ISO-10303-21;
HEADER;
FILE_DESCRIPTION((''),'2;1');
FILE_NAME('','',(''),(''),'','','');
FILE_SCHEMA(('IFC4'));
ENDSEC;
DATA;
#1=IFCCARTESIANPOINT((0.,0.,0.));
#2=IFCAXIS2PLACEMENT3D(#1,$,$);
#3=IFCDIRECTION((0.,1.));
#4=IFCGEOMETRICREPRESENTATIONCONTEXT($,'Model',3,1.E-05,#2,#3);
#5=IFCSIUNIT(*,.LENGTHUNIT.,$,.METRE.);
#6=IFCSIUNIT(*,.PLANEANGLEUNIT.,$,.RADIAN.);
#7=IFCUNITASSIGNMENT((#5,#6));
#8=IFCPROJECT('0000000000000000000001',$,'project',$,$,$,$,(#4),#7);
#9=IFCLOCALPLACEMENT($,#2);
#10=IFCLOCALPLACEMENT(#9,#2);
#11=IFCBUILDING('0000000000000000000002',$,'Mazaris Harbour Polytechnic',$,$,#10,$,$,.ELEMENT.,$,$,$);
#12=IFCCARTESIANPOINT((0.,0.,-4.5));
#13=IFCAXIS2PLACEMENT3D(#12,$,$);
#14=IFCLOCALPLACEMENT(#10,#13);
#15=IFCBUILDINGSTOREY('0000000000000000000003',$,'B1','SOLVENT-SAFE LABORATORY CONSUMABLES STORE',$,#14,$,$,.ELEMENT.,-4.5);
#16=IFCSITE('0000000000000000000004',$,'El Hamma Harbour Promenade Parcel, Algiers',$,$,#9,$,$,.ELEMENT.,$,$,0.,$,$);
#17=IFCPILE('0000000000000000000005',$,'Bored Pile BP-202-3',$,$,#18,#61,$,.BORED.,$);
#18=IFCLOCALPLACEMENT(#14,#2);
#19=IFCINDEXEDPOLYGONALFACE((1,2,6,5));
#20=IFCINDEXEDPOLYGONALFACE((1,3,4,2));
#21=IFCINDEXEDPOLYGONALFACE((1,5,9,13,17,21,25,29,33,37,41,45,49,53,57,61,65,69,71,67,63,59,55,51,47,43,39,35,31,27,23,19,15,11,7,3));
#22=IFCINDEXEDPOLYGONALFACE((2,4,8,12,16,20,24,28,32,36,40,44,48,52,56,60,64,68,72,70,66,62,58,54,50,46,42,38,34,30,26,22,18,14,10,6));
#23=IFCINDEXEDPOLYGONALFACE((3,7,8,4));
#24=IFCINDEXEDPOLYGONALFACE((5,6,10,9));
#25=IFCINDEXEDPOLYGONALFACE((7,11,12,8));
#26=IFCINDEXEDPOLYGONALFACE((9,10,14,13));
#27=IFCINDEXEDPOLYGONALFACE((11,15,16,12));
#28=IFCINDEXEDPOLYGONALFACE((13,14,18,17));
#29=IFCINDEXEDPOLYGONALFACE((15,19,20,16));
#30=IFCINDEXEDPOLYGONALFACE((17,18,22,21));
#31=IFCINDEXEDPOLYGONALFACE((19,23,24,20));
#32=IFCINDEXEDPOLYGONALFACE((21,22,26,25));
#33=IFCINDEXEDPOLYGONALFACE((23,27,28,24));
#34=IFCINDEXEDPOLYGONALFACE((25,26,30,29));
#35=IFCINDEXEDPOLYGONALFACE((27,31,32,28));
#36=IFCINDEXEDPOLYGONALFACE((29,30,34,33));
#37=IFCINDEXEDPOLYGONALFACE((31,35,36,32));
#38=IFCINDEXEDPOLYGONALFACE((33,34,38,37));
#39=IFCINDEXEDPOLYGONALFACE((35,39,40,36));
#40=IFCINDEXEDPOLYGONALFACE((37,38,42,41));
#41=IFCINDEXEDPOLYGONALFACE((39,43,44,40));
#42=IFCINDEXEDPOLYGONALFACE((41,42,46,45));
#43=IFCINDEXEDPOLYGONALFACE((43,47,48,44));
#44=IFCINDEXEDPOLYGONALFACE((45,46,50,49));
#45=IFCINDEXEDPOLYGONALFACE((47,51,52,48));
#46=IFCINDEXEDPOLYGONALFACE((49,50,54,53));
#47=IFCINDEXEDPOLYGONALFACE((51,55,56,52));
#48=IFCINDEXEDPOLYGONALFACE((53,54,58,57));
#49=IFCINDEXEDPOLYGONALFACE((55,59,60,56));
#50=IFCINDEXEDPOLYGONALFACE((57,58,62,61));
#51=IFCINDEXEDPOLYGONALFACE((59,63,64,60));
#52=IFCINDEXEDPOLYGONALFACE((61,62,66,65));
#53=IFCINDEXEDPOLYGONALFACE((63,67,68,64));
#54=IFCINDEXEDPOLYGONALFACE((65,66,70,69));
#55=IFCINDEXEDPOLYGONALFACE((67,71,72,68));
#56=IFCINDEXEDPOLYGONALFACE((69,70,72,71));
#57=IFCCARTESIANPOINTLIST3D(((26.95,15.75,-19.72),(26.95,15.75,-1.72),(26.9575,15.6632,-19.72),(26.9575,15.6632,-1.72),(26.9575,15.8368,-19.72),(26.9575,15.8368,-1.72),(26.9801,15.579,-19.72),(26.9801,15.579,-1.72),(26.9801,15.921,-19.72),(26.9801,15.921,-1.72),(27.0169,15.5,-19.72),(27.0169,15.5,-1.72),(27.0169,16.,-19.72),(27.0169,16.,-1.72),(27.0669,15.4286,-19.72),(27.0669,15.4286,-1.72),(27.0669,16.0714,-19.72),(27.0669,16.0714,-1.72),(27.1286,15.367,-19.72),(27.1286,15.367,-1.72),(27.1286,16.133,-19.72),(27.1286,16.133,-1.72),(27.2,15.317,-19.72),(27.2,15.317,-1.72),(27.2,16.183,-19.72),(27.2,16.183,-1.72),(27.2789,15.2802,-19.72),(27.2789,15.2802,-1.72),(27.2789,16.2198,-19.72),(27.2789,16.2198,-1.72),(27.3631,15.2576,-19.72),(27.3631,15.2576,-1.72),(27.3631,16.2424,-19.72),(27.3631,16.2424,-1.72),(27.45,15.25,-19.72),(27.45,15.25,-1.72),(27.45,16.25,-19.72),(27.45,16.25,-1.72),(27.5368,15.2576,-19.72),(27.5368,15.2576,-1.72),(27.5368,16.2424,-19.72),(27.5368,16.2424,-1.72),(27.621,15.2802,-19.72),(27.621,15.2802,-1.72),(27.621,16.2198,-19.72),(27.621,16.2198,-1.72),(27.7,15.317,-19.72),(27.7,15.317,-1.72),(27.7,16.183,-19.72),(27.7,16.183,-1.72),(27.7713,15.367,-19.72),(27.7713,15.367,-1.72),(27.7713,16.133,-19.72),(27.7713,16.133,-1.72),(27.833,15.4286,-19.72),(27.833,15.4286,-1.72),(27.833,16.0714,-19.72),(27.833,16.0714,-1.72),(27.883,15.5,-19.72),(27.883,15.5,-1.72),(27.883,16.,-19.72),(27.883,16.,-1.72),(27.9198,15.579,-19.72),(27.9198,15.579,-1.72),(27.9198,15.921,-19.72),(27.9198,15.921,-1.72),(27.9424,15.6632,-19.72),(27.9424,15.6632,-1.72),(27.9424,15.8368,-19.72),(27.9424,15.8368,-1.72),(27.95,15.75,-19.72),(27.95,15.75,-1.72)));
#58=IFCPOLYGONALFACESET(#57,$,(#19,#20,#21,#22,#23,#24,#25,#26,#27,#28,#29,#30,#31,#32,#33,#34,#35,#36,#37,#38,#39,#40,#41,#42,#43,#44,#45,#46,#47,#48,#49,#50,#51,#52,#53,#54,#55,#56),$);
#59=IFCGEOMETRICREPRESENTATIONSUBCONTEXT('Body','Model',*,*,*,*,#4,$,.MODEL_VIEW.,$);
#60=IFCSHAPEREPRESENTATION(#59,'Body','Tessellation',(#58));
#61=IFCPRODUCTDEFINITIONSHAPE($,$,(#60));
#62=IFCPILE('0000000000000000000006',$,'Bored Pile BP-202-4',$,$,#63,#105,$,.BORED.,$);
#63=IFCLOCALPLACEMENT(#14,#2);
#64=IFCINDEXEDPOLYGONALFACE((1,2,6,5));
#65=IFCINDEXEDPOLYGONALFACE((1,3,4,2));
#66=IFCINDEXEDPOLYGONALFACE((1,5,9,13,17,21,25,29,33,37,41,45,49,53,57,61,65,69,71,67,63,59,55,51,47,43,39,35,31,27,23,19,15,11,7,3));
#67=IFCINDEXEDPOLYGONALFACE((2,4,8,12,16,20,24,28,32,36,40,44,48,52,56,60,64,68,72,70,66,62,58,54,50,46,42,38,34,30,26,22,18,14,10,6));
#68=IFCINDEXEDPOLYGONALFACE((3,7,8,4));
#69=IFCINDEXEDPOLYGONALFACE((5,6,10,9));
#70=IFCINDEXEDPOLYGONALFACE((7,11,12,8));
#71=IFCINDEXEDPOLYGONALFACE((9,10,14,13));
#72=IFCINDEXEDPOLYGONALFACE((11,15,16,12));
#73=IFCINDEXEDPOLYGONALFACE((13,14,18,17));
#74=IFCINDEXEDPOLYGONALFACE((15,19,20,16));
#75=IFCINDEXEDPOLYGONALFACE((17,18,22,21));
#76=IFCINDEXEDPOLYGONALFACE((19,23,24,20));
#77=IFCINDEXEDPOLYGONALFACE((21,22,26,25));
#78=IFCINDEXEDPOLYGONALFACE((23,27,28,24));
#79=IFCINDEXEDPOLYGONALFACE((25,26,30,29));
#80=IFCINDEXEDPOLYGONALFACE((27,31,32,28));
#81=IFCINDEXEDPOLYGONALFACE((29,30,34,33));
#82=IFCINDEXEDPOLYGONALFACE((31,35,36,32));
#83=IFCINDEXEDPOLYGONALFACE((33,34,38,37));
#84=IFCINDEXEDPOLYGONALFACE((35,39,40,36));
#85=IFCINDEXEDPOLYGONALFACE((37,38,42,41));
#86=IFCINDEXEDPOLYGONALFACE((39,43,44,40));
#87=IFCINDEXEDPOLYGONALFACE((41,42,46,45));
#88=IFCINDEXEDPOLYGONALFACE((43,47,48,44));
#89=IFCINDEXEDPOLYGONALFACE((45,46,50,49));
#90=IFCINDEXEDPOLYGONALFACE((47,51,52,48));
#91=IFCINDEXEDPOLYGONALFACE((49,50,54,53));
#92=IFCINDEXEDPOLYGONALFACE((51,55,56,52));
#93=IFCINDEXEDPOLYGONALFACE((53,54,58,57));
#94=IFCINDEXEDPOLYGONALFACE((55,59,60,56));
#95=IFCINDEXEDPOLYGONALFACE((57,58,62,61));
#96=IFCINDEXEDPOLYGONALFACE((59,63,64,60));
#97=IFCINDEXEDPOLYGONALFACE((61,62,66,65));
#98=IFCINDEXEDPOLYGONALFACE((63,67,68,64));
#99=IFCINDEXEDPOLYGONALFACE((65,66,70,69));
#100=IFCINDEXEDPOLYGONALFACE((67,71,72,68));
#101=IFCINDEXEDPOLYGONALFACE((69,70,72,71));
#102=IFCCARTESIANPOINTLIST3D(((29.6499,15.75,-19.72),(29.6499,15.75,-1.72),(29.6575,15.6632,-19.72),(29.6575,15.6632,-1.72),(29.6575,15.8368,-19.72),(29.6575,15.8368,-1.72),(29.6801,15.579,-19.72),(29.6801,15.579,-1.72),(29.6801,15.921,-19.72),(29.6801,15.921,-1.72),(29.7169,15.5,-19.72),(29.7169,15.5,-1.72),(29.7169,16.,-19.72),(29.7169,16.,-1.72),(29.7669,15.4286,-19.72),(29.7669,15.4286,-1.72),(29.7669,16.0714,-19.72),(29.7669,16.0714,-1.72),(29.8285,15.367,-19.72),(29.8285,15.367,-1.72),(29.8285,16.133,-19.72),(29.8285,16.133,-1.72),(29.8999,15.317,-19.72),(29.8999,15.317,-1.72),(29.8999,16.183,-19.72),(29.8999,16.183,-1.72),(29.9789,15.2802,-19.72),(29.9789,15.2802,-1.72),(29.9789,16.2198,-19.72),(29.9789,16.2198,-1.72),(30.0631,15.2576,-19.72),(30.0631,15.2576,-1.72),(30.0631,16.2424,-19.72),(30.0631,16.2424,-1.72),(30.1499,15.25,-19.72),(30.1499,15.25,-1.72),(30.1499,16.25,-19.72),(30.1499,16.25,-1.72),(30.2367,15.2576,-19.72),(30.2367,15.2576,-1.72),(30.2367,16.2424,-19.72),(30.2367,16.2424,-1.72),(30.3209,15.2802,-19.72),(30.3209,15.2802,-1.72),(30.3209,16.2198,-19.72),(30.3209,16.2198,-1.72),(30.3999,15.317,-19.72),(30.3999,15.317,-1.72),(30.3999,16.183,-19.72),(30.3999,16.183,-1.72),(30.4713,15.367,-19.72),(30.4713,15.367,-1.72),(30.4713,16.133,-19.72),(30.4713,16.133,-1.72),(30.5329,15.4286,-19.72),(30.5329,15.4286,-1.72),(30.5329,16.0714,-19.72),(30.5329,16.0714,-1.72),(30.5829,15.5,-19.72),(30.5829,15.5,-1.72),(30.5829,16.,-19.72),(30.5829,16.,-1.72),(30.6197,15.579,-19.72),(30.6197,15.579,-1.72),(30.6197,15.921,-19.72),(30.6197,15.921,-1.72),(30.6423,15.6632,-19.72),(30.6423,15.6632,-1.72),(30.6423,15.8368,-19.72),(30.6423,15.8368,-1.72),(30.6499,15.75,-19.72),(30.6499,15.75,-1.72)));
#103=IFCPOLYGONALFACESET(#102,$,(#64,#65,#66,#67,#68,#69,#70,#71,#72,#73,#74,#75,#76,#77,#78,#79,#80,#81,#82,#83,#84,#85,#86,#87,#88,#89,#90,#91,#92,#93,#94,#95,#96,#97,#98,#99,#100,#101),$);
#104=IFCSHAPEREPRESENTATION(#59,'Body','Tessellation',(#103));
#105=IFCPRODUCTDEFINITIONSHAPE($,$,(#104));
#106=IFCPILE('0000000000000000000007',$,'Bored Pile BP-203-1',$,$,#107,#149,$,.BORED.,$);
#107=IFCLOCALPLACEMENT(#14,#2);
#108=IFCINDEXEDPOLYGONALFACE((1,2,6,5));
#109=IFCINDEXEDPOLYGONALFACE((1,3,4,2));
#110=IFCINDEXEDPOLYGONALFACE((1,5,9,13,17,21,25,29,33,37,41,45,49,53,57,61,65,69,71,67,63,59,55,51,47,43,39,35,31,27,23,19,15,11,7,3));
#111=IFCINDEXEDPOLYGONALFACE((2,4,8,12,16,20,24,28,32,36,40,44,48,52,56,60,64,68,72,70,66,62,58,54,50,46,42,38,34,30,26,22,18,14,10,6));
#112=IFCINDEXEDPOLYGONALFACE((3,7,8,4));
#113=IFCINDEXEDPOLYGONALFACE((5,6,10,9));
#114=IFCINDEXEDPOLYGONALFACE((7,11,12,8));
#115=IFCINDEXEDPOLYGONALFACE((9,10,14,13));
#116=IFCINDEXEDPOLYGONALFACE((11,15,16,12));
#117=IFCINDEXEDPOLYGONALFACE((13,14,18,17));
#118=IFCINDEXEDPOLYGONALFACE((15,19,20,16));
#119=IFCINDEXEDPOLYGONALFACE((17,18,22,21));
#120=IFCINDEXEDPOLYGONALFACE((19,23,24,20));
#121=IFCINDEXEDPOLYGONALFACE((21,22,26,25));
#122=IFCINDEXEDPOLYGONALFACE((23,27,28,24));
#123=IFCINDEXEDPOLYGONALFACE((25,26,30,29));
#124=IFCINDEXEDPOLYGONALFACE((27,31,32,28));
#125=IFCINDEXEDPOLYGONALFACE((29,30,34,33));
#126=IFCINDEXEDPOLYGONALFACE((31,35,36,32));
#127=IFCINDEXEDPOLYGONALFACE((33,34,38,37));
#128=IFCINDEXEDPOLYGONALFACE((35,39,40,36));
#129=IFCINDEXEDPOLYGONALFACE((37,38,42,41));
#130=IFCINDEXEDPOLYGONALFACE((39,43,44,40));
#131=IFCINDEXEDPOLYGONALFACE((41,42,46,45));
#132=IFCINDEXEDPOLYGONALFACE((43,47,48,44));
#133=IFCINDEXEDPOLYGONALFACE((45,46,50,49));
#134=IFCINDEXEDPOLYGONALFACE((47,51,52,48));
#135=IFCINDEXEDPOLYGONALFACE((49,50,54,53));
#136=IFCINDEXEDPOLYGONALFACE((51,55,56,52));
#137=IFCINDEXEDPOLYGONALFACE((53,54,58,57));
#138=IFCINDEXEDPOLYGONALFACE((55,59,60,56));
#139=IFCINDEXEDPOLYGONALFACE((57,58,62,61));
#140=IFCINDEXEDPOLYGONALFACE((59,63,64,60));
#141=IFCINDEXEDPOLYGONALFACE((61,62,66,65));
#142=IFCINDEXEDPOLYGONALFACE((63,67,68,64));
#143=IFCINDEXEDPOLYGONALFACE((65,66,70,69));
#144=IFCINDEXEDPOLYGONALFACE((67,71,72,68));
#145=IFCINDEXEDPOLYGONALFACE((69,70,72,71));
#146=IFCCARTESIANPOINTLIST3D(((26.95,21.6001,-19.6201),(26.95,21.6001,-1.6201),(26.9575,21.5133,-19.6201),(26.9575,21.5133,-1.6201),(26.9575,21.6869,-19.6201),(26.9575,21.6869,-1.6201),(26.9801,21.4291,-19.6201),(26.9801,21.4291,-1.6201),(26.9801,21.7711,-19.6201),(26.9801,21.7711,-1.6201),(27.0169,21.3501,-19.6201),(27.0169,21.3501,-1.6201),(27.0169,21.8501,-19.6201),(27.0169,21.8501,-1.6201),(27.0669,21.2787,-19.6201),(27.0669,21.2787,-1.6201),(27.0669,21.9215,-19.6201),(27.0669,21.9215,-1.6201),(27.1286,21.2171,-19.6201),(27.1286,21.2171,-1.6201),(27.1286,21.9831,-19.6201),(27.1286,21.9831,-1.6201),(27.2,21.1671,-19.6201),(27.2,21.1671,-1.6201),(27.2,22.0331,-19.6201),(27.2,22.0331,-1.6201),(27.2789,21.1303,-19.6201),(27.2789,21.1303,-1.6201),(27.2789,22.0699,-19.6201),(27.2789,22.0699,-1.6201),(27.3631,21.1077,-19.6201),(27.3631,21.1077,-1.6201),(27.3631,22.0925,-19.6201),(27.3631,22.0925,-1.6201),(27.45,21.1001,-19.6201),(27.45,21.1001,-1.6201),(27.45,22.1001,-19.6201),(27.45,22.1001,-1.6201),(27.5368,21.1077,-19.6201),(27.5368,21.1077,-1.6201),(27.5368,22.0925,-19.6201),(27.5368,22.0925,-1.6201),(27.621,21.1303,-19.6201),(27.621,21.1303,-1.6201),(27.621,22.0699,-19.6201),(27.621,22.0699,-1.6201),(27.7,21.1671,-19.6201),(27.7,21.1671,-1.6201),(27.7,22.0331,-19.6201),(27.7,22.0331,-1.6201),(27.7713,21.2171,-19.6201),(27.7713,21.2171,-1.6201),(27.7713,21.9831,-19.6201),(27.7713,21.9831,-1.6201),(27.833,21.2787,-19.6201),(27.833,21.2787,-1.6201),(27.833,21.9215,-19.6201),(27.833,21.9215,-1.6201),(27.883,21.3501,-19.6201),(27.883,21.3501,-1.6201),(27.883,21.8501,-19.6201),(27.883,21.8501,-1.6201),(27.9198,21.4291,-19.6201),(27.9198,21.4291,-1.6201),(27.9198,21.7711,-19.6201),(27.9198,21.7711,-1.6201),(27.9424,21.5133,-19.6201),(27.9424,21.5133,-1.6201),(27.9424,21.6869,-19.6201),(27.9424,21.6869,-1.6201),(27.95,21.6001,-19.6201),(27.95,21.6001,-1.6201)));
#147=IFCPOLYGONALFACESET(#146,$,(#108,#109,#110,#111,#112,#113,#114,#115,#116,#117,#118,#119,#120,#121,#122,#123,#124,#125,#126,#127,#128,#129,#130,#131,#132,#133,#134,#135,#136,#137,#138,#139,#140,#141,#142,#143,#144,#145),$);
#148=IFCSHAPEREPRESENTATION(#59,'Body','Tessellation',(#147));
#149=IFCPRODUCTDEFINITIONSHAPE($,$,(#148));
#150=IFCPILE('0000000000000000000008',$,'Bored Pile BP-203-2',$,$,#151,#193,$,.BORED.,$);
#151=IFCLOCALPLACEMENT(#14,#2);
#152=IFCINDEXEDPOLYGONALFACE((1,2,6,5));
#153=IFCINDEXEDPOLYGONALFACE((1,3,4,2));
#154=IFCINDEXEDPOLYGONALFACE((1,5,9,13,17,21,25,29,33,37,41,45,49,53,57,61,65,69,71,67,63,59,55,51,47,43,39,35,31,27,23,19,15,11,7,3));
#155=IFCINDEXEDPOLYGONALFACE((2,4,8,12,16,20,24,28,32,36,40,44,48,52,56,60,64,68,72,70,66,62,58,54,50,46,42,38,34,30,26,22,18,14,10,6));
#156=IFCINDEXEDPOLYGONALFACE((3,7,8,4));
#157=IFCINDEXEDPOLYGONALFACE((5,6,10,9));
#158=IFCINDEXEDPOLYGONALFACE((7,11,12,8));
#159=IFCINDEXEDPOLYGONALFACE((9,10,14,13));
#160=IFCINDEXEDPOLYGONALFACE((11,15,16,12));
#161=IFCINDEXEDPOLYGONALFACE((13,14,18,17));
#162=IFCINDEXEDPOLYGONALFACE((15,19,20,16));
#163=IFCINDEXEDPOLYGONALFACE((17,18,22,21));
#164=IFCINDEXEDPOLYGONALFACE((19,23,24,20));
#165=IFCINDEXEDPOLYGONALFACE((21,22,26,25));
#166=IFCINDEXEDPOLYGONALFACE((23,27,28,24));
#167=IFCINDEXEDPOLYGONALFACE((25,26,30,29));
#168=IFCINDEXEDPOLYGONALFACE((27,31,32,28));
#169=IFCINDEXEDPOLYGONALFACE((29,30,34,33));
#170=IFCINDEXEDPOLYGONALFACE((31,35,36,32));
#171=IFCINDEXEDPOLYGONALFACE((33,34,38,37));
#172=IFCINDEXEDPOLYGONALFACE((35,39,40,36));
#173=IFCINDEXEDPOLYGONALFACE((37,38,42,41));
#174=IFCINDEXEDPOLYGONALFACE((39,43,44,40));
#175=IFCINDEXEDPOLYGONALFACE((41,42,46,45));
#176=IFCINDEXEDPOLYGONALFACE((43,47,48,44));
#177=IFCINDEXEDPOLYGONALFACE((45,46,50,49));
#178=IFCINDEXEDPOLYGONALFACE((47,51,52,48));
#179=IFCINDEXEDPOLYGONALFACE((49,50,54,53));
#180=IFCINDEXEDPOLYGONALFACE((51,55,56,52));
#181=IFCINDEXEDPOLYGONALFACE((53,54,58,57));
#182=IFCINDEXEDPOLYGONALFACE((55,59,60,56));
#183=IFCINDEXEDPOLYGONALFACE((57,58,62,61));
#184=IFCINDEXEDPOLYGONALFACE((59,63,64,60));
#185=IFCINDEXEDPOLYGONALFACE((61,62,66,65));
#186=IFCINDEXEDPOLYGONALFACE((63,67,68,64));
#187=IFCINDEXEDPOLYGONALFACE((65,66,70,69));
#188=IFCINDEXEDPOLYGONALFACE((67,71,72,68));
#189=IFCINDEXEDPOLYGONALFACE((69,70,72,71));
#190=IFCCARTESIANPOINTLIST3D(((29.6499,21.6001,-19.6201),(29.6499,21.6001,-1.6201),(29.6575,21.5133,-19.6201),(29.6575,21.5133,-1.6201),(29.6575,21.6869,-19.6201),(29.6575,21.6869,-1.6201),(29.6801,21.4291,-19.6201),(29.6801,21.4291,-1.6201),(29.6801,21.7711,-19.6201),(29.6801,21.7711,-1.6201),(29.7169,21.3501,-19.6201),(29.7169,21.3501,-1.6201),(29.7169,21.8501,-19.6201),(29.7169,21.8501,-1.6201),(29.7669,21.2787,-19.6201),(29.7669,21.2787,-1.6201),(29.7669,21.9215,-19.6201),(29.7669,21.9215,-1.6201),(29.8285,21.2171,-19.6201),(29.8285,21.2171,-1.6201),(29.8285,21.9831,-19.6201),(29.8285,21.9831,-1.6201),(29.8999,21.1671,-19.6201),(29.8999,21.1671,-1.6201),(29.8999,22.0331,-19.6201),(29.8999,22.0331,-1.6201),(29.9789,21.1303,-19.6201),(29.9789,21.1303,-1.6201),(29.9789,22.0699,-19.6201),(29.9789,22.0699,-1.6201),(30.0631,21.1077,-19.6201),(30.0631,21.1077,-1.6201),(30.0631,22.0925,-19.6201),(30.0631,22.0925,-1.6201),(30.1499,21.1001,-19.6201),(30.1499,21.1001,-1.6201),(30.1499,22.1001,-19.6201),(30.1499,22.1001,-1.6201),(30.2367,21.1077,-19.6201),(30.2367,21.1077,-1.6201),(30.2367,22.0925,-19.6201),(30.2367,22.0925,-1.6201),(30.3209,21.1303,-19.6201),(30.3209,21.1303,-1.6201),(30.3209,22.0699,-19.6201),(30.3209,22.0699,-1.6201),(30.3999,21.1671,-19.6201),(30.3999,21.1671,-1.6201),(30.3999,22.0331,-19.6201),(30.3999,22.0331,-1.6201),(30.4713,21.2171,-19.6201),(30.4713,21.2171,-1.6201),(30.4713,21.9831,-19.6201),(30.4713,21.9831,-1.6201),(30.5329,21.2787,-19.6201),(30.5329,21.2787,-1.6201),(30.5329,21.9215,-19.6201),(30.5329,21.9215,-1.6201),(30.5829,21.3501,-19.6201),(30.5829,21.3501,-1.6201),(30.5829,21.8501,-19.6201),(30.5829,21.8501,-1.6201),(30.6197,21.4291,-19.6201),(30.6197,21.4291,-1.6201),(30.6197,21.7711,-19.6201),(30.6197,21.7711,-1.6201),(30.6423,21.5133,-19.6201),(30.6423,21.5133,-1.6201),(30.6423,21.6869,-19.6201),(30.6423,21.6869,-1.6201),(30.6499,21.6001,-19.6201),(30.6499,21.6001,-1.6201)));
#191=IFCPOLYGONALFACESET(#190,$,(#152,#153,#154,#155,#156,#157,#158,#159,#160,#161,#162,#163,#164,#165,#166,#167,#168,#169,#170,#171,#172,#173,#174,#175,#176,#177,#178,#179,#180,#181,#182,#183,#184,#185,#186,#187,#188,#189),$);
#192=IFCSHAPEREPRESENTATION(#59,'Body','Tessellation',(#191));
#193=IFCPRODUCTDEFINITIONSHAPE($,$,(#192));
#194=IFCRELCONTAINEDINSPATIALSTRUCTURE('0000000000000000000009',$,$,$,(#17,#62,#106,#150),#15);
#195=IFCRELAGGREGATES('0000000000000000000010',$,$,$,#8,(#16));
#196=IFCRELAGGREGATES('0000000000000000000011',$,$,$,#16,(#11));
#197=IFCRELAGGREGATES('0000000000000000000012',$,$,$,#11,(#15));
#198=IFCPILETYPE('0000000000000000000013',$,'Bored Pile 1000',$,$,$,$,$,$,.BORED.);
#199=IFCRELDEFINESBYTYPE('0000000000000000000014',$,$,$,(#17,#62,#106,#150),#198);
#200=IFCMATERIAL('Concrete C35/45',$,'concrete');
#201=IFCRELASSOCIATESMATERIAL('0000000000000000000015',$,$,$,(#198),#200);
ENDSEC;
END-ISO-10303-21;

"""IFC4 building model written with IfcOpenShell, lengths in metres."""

from ifc_helpers import new_model, si_unit, direction, frame, origin, origin_2d, place, context, subcontext, project, spatial, circle, extrude, material, material_profile, profile_set, type_object, element, save


model = new_model("IFC4")

# Units and contexts
model_context = context("Model", 3, precision=1e-05, world=origin(), true_north=direction((0.0, 1.0)))
body_context = subcontext(model_context, "Body", "Model", "MODEL_VIEW")
ifc_project = project(units=[si_unit("LENGTHUNIT", "METRE"), si_unit("PLANEANGLEUNIT", "RADIAN")], contexts=[model_context])

# Site, building, storey
site_placement = place(None, origin())
site = spatial("IfcSite", under=ifc_project, at=site_placement, Name="El Hamma Harbour Promenade Parcel, Algiers", CompositionType="ELEMENT", RefElevation=0.0)
building_placement = place(site_placement, origin())
building = spatial("IfcBuilding", under=site, at=building_placement, Name="Mazaris Harbour Polytechnic", CompositionType="ELEMENT")
storey_placement = place(building_placement, frame((0.0, 0.0, -4.5)))
storey = spatial("IfcBuildingStorey", under=building, at=storey_placement, Name="B1", Description="SOLVENT-SAFE LABORATORY CONSUMABLES STORE", CompositionType="ELEMENT", Elevation=-4.5)

# Piles
ifc_material_1 = material(Name="Concrete C35/45", Category="concrete")
ifc_material_profile_1 = material_profile(ifc_material_1, circle(Radius=0.5, at=origin_2d()), Name="DIA1000")
ifc_profile_set_1 = profile_set([ifc_material_profile_1], Name="Concrete C35/45")
pile_type_1 = type_object("IfcPileType", Name="Bored Pile 1000", PredefinedType="BORED", material=ifc_profile_set_1)
for number, where, z_axis, x_axis, name in (
    (1, (27.45, 15.75, -1.72), (0.0, 0.0, -1.0), (1.0, 0.0, 0.0), "Bored Pile BP-202-3"),
    (2, (30.1499, 15.75, -1.72), (0.0, 0.0, -1.0), (1.0, 0.0, 0.0), "Bored Pile BP-202-4"),
    (3, (27.45, 21.6001, -1.6201), (0.0, 0.0, -1.0), (1.0, 0.0, 0.0), "Bored Pile BP-203-1"),
    (4, (30.1499, 21.6001, -1.6201), (0.0, 0.0, -1.0), (1.0, 0.0, 0.0), "Bored Pile BP-203-2"),
):
    element("IfcPile", number, at=place(storey_placement, frame(where, z_axis=z_axis, x_axis=x_axis)), inside=storey, type_object=pile_type_1, Name=name, PredefinedType="BORED", context=body_context, shape_type="SweptSolid", body=[
        extrude(circle(Radius=0.5, at=origin_2d()), origin(), (0.0, 0.0, 1.0), 18.0),
    ])

save(model, "model.ifc")
